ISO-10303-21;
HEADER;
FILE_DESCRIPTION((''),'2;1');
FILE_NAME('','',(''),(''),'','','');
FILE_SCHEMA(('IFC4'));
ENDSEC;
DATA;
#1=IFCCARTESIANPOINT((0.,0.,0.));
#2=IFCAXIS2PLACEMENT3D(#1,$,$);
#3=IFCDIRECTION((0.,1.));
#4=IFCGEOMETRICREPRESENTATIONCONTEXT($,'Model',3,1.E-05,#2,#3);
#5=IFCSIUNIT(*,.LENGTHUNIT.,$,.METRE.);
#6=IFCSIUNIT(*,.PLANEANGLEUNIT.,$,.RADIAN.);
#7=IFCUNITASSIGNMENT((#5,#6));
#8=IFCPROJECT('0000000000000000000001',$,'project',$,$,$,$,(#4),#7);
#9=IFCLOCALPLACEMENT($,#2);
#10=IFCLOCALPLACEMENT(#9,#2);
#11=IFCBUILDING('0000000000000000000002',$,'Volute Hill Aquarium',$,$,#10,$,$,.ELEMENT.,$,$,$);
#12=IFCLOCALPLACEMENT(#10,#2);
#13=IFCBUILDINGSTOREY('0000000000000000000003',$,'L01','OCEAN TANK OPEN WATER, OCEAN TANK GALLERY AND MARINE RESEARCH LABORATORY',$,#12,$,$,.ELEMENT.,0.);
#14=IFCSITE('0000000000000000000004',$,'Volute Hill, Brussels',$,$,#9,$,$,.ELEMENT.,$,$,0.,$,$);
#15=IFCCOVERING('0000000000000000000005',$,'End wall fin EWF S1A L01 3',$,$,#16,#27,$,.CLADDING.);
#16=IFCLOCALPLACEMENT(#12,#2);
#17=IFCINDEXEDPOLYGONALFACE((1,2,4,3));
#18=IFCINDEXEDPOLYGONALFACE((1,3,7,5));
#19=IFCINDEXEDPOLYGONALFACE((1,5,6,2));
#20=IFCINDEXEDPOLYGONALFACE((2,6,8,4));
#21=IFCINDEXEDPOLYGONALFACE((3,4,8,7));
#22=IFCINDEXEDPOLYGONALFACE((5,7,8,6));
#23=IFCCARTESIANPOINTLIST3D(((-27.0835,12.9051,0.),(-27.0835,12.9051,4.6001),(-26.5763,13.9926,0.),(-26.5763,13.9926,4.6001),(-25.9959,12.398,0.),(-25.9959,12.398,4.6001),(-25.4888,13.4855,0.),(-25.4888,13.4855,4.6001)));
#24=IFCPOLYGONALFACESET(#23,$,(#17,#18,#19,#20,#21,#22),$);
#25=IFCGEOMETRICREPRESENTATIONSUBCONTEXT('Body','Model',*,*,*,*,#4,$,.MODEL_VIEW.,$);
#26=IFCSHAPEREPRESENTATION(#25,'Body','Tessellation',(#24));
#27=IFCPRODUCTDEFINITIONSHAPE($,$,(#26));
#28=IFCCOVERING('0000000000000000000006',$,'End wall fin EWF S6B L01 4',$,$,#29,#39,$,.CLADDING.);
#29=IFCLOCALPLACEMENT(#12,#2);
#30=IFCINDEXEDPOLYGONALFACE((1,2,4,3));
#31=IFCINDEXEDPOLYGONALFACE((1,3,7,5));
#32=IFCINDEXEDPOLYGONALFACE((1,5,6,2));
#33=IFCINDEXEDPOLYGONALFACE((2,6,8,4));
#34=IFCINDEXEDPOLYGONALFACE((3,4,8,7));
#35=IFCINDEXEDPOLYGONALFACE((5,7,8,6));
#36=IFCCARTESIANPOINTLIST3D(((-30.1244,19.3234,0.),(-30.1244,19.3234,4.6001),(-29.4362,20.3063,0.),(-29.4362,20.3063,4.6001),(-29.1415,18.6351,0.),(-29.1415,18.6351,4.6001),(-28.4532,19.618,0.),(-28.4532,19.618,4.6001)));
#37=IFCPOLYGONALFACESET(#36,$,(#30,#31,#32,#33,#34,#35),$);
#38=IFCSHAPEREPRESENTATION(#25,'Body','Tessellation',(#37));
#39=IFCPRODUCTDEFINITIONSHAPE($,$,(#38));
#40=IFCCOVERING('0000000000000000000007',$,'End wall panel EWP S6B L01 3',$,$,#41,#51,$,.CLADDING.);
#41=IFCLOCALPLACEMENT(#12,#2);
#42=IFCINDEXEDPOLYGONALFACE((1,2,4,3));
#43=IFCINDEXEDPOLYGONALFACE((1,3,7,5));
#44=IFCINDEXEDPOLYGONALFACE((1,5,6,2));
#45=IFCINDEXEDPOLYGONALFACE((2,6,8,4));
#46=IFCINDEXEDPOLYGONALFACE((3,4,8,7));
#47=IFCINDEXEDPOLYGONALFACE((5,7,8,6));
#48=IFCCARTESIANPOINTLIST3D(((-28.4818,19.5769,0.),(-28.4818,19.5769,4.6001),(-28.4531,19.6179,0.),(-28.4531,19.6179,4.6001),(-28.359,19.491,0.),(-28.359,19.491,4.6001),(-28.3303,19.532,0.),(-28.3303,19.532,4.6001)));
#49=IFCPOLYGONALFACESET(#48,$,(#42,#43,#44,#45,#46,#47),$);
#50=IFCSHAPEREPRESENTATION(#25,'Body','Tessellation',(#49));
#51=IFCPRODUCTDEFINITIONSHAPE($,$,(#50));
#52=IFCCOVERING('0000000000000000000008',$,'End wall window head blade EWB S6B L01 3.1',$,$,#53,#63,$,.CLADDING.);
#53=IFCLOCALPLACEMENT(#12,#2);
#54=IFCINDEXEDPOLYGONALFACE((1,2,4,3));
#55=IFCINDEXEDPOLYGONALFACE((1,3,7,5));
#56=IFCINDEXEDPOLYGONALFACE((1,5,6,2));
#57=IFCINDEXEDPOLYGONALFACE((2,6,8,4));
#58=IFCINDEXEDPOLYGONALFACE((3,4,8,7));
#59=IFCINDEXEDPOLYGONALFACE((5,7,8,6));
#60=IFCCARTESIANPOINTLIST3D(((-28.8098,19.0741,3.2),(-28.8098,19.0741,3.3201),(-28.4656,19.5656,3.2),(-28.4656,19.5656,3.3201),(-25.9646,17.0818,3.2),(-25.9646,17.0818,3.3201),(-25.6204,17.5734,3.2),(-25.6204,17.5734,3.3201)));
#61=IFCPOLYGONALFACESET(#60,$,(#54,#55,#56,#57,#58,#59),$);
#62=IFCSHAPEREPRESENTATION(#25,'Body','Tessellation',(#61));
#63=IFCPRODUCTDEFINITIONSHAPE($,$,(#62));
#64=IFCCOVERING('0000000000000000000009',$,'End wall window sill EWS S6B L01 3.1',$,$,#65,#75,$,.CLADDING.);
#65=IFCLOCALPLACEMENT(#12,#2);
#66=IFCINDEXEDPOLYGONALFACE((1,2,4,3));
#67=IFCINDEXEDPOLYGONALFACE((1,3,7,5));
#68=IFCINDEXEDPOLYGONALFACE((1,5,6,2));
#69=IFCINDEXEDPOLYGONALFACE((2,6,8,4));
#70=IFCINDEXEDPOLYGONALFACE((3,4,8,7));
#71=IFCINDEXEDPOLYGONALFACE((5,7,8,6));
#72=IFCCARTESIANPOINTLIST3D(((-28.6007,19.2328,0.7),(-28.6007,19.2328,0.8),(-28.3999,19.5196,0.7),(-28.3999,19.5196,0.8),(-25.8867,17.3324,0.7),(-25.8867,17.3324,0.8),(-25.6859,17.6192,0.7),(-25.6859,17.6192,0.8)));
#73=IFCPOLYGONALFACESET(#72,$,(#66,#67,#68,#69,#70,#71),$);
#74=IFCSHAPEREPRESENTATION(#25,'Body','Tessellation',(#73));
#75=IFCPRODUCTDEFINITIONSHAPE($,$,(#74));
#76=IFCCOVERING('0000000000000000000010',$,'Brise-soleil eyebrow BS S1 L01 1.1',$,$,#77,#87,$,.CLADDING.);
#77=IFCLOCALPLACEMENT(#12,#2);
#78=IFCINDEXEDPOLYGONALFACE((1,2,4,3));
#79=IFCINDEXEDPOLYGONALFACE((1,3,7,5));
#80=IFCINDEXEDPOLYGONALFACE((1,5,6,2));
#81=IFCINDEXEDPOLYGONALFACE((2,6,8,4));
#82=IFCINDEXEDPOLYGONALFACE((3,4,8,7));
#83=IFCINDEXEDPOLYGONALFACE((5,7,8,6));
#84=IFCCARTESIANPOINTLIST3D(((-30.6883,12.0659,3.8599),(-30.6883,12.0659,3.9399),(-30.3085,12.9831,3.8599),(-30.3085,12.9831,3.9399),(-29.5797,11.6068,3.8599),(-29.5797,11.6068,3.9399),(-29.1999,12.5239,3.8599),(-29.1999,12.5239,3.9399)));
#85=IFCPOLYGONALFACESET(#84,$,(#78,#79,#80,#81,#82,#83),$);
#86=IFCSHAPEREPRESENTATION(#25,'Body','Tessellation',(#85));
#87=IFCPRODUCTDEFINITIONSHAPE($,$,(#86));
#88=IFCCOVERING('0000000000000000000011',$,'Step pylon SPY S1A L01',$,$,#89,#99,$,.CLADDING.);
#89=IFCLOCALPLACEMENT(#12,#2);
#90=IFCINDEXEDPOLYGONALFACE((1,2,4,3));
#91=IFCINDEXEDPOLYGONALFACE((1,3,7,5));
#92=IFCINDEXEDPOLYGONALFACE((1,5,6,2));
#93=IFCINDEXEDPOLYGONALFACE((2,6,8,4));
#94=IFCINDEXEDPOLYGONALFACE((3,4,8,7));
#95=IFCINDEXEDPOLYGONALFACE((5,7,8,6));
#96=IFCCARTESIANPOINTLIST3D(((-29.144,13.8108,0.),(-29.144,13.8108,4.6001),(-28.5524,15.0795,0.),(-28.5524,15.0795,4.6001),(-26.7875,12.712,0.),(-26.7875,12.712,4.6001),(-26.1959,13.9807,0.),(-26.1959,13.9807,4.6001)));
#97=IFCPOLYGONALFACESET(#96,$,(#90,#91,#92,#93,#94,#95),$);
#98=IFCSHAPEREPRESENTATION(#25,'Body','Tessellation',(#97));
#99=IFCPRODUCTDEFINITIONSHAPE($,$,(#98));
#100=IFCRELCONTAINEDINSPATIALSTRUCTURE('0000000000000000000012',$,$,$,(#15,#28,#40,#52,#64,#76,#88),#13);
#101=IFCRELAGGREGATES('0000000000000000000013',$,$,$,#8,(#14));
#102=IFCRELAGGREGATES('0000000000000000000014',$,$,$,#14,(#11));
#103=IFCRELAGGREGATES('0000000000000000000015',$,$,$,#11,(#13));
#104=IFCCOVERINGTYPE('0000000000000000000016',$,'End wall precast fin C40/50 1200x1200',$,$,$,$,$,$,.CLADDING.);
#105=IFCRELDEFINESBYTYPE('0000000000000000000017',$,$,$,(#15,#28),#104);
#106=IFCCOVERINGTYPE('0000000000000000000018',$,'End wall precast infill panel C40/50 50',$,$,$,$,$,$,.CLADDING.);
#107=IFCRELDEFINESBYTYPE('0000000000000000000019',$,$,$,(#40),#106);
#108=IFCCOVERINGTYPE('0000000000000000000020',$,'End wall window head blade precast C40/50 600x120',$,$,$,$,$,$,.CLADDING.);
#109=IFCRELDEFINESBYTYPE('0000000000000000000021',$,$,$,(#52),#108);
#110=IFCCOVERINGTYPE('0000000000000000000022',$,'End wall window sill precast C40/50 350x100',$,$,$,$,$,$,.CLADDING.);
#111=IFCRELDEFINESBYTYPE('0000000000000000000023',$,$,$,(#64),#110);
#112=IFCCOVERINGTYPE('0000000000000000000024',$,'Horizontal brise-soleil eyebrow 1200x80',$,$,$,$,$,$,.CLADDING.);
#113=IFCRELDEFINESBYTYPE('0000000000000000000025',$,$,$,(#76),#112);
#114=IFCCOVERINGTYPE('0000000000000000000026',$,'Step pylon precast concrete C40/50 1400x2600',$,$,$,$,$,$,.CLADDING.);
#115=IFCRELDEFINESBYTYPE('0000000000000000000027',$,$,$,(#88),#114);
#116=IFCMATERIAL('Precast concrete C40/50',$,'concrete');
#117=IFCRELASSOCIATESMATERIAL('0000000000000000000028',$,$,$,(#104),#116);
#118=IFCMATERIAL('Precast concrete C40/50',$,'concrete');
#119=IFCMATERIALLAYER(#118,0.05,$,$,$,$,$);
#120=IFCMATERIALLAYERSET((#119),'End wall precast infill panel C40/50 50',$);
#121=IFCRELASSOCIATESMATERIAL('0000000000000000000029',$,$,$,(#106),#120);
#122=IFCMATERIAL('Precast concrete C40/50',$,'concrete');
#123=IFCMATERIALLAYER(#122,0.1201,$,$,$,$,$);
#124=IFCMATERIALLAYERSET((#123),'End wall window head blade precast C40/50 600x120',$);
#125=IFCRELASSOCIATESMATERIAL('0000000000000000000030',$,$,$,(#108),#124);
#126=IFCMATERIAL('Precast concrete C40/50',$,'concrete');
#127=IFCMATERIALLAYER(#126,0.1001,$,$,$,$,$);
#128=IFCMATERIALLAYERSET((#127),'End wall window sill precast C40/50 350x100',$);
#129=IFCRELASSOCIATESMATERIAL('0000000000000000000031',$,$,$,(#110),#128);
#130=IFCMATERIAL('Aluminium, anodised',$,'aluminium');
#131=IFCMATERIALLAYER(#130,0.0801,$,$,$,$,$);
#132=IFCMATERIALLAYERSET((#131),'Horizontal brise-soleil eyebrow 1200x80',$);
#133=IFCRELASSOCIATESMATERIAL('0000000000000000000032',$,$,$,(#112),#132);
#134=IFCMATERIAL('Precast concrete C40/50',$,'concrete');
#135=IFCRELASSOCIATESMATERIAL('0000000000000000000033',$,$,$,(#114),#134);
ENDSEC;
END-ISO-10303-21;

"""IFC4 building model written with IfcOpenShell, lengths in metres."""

from ifc_helpers import new_model, si_unit, direction, frame, origin, origin_2d, place, context, subcontext, project, spatial, polyline, rectangle, outline, extrude, material, layer, layer_set, type_object, element, save


model = new_model("IFC4")

# Units and contexts
model_context = context("Model", 3, precision=1e-05, world=origin(), true_north=direction((0.0, 1.0)))
body_context = subcontext(model_context, "Body", "Model", "MODEL_VIEW")
ifc_project = project(units=[si_unit("LENGTHUNIT", "METRE"), si_unit("PLANEANGLEUNIT", "RADIAN")], contexts=[model_context])

# Site, building, storey
site_placement = place(None, origin())
site = spatial("IfcSite", under=ifc_project, at=site_placement, Name="Volute Hill, Brussels", CompositionType="ELEMENT", RefElevation=0.0)
building_placement = place(site_placement, origin())
building = spatial("IfcBuilding", under=site, at=building_placement, Name="Volute Hill Aquarium", CompositionType="ELEMENT")
storey_placement = place(building_placement, origin())
storey = spatial("IfcBuildingStorey", under=building, at=storey_placement, Name="L01", Description="OCEAN TANK OPEN WATER, OCEAN TANK GALLERY AND MARINE RESEARCH LABORATORY", CompositionType="ELEMENT", Elevation=0.0)

# Coverings
ifc_material_1 = material(Name="Precast concrete C40/50", Category="concrete")
covering_type_1 = type_object("IfcCoveringType", Name="End wall precast fin C40/50 1200x1200", PredefinedType="CLADDING", material=ifc_material_1)
for number, where, z_axis, x_axis, name in (
    (1, (-26.2861, 13.1953, 0.0), (0.0, 0.0, 1.0), (-0.906304, 0.422626, 0.0), "End wall fin EWF S1A L01 3"),
    (2, (-29.2888, 19.4707, 0.0), (0.0, 0.0, 1.0), (-0.819151, 0.573577, 0.0), "End wall fin EWF S6B L01 4"),
):
    element("IfcCovering", number, at=place(storey_placement, frame(where, z_axis=z_axis, x_axis=x_axis)), inside=storey, type_object=covering_type_1, Name=name, PredefinedType="CLADDING", context=body_context, shape_type="SweptSolid", body=[
        extrude(rectangle(XDim=1.2, YDim=1.2, at=origin_2d()), origin(), (0.0, 0.0, 1.0), 4.6001),
    ])
ifc_material_2 = material(Name="Precast concrete C40/50", Category="concrete")
ifc_layer_1 = layer(ifc_material_2, 0.05)
ifc_layer_set_1 = layer_set([ifc_layer_1], Name="End wall precast infill panel C40/50 50")
covering_type_2 = type_object("IfcCoveringType", Name="End wall precast infill panel C40/50 50", PredefinedType="CLADDING", material=ifc_layer_set_1)
covering_1_placement = place(storey_placement, frame((-28.3303, 19.532, 0.0), z_axis=(0.573353, 0.819308, 0.0), x_axis=(-0.819308, 0.573353, 0.0)))
element("IfcCovering", 3, at=covering_1_placement, inside=storey, type_object=covering_type_2, Name="End wall panel EWP S6B L01 3", PredefinedType="CLADDING", context=body_context, shape_type="SweptSolid", body=[
    extrude(outline(polyline([(0.0, 0.0), (0.1499, 0.0), (0.1499, 4.6001), (0.0, 4.6001), (0.0, 0.0)])), origin(), (0.0, 0.0, -1.0), 0.05),
])
ifc_material_3 = material(Name="Precast concrete C40/50", Category="concrete")
ifc_layer_2 = layer(ifc_material_3, 0.1201)
ifc_layer_set_2 = layer_set([ifc_layer_2], Name="End wall window head blade precast C40/50 600x120")
covering_type_3 = type_object("IfcCoveringType", Name="End wall window head blade precast C40/50 600x120", PredefinedType="CLADDING", material=ifc_layer_set_2)
covering_2_placement = place(storey_placement, frame((-27.2151, 18.3237, 3.2), z_axis=(0.0, 0.0, 1.0), x_axis=(-0.819151, 0.573577, 0.0)))
element("IfcCovering", 4, at=covering_2_placement, inside=storey, type_object=covering_type_3, Name="End wall window head blade EWB S6B L01 3.1", PredefinedType="CLADDING", context=body_context, shape_type="SweptSolid", body=[
    extrude(rectangle(XDim=3.4734, YDim=0.6001, at=origin_2d()), origin(), (0.0, 0.0, 1.0), 0.1201),
])
ifc_material_4 = material(Name="Precast concrete C40/50", Category="concrete")
ifc_layer_3 = layer(ifc_material_4, 0.1001)
ifc_layer_set_3 = layer_set([ifc_layer_3], Name="End wall window sill precast C40/50 350x100")
covering_type_4 = type_object("IfcCoveringType", Name="End wall window sill precast C40/50 350x100", PredefinedType="CLADDING", material=ifc_layer_set_3)
covering_3_placement = place(storey_placement, frame((-27.1433, 18.426, 0.7), z_axis=(0.0, 0.0, 1.0), x_axis=(-0.819151, 0.573577, 0.0)))
element("IfcCovering", 5, at=covering_3_placement, inside=storey, type_object=covering_type_4, Name="End wall window sill EWS S6B L01 3.1", PredefinedType="CLADDING", context=body_context, shape_type="SweptSolid", body=[
    extrude(rectangle(XDim=3.3132, YDim=0.3501, at=origin_2d()), origin(), (0.0, 0.0, 1.0), 0.1001),
])
ifc_material_5 = material(Name="Aluminium, anodised", Category="aluminium")
ifc_layer_4 = layer(ifc_material_5, 0.0801)
ifc_layer_set_4 = layer_set([ifc_layer_4], Name="Horizontal brise-soleil eyebrow 1200x80")
covering_type_5 = type_object("IfcCoveringType", Name="Horizontal brise-soleil eyebrow 1200x80", PredefinedType="CLADDING", material=ifc_layer_set_4)
covering_4_placement = place(storey_placement, frame((-29.9441, 12.2949, 3.8599), z_axis=(0.0, 0.0, 1.0), x_axis=(-0.382662, -0.923889, 0.0)))
element("IfcCovering", 6, at=covering_4_placement, inside=storey, type_object=covering_type_5, Name="Brise-soleil eyebrow BS S1 L01 1.1", PredefinedType="CLADDING", context=body_context, shape_type="SweptSolid", body=[
    extrude(rectangle(XDim=0.9927, YDim=1.2, at=origin_2d()), origin(), (0.0, 0.0, 1.0), 0.0801),
])
ifc_material_6 = material(Name="Precast concrete C40/50", Category="concrete")
covering_type_6 = type_object("IfcCoveringType", Name="Step pylon precast concrete C40/50 1400x2600", PredefinedType="CLADDING", material=ifc_material_6)
covering_5_placement = place(storey_placement, frame((-27.6699, 13.8958, 0.0), z_axis=(0.0, 0.0, 1.0), x_axis=(-0.906308, 0.422618, 0.0)))
element("IfcCovering", 7, at=covering_5_placement, inside=storey, type_object=covering_type_6, Name="Step pylon SPY S1A L01", PredefinedType="CLADDING", context=body_context, shape_type="SweptSolid", body=[
    extrude(rectangle(XDim=2.6001, YDim=1.3999, at=origin_2d()), origin(), (0.0, 0.0, 1.0), 4.6001),
])

save(model, "model.ifc")
